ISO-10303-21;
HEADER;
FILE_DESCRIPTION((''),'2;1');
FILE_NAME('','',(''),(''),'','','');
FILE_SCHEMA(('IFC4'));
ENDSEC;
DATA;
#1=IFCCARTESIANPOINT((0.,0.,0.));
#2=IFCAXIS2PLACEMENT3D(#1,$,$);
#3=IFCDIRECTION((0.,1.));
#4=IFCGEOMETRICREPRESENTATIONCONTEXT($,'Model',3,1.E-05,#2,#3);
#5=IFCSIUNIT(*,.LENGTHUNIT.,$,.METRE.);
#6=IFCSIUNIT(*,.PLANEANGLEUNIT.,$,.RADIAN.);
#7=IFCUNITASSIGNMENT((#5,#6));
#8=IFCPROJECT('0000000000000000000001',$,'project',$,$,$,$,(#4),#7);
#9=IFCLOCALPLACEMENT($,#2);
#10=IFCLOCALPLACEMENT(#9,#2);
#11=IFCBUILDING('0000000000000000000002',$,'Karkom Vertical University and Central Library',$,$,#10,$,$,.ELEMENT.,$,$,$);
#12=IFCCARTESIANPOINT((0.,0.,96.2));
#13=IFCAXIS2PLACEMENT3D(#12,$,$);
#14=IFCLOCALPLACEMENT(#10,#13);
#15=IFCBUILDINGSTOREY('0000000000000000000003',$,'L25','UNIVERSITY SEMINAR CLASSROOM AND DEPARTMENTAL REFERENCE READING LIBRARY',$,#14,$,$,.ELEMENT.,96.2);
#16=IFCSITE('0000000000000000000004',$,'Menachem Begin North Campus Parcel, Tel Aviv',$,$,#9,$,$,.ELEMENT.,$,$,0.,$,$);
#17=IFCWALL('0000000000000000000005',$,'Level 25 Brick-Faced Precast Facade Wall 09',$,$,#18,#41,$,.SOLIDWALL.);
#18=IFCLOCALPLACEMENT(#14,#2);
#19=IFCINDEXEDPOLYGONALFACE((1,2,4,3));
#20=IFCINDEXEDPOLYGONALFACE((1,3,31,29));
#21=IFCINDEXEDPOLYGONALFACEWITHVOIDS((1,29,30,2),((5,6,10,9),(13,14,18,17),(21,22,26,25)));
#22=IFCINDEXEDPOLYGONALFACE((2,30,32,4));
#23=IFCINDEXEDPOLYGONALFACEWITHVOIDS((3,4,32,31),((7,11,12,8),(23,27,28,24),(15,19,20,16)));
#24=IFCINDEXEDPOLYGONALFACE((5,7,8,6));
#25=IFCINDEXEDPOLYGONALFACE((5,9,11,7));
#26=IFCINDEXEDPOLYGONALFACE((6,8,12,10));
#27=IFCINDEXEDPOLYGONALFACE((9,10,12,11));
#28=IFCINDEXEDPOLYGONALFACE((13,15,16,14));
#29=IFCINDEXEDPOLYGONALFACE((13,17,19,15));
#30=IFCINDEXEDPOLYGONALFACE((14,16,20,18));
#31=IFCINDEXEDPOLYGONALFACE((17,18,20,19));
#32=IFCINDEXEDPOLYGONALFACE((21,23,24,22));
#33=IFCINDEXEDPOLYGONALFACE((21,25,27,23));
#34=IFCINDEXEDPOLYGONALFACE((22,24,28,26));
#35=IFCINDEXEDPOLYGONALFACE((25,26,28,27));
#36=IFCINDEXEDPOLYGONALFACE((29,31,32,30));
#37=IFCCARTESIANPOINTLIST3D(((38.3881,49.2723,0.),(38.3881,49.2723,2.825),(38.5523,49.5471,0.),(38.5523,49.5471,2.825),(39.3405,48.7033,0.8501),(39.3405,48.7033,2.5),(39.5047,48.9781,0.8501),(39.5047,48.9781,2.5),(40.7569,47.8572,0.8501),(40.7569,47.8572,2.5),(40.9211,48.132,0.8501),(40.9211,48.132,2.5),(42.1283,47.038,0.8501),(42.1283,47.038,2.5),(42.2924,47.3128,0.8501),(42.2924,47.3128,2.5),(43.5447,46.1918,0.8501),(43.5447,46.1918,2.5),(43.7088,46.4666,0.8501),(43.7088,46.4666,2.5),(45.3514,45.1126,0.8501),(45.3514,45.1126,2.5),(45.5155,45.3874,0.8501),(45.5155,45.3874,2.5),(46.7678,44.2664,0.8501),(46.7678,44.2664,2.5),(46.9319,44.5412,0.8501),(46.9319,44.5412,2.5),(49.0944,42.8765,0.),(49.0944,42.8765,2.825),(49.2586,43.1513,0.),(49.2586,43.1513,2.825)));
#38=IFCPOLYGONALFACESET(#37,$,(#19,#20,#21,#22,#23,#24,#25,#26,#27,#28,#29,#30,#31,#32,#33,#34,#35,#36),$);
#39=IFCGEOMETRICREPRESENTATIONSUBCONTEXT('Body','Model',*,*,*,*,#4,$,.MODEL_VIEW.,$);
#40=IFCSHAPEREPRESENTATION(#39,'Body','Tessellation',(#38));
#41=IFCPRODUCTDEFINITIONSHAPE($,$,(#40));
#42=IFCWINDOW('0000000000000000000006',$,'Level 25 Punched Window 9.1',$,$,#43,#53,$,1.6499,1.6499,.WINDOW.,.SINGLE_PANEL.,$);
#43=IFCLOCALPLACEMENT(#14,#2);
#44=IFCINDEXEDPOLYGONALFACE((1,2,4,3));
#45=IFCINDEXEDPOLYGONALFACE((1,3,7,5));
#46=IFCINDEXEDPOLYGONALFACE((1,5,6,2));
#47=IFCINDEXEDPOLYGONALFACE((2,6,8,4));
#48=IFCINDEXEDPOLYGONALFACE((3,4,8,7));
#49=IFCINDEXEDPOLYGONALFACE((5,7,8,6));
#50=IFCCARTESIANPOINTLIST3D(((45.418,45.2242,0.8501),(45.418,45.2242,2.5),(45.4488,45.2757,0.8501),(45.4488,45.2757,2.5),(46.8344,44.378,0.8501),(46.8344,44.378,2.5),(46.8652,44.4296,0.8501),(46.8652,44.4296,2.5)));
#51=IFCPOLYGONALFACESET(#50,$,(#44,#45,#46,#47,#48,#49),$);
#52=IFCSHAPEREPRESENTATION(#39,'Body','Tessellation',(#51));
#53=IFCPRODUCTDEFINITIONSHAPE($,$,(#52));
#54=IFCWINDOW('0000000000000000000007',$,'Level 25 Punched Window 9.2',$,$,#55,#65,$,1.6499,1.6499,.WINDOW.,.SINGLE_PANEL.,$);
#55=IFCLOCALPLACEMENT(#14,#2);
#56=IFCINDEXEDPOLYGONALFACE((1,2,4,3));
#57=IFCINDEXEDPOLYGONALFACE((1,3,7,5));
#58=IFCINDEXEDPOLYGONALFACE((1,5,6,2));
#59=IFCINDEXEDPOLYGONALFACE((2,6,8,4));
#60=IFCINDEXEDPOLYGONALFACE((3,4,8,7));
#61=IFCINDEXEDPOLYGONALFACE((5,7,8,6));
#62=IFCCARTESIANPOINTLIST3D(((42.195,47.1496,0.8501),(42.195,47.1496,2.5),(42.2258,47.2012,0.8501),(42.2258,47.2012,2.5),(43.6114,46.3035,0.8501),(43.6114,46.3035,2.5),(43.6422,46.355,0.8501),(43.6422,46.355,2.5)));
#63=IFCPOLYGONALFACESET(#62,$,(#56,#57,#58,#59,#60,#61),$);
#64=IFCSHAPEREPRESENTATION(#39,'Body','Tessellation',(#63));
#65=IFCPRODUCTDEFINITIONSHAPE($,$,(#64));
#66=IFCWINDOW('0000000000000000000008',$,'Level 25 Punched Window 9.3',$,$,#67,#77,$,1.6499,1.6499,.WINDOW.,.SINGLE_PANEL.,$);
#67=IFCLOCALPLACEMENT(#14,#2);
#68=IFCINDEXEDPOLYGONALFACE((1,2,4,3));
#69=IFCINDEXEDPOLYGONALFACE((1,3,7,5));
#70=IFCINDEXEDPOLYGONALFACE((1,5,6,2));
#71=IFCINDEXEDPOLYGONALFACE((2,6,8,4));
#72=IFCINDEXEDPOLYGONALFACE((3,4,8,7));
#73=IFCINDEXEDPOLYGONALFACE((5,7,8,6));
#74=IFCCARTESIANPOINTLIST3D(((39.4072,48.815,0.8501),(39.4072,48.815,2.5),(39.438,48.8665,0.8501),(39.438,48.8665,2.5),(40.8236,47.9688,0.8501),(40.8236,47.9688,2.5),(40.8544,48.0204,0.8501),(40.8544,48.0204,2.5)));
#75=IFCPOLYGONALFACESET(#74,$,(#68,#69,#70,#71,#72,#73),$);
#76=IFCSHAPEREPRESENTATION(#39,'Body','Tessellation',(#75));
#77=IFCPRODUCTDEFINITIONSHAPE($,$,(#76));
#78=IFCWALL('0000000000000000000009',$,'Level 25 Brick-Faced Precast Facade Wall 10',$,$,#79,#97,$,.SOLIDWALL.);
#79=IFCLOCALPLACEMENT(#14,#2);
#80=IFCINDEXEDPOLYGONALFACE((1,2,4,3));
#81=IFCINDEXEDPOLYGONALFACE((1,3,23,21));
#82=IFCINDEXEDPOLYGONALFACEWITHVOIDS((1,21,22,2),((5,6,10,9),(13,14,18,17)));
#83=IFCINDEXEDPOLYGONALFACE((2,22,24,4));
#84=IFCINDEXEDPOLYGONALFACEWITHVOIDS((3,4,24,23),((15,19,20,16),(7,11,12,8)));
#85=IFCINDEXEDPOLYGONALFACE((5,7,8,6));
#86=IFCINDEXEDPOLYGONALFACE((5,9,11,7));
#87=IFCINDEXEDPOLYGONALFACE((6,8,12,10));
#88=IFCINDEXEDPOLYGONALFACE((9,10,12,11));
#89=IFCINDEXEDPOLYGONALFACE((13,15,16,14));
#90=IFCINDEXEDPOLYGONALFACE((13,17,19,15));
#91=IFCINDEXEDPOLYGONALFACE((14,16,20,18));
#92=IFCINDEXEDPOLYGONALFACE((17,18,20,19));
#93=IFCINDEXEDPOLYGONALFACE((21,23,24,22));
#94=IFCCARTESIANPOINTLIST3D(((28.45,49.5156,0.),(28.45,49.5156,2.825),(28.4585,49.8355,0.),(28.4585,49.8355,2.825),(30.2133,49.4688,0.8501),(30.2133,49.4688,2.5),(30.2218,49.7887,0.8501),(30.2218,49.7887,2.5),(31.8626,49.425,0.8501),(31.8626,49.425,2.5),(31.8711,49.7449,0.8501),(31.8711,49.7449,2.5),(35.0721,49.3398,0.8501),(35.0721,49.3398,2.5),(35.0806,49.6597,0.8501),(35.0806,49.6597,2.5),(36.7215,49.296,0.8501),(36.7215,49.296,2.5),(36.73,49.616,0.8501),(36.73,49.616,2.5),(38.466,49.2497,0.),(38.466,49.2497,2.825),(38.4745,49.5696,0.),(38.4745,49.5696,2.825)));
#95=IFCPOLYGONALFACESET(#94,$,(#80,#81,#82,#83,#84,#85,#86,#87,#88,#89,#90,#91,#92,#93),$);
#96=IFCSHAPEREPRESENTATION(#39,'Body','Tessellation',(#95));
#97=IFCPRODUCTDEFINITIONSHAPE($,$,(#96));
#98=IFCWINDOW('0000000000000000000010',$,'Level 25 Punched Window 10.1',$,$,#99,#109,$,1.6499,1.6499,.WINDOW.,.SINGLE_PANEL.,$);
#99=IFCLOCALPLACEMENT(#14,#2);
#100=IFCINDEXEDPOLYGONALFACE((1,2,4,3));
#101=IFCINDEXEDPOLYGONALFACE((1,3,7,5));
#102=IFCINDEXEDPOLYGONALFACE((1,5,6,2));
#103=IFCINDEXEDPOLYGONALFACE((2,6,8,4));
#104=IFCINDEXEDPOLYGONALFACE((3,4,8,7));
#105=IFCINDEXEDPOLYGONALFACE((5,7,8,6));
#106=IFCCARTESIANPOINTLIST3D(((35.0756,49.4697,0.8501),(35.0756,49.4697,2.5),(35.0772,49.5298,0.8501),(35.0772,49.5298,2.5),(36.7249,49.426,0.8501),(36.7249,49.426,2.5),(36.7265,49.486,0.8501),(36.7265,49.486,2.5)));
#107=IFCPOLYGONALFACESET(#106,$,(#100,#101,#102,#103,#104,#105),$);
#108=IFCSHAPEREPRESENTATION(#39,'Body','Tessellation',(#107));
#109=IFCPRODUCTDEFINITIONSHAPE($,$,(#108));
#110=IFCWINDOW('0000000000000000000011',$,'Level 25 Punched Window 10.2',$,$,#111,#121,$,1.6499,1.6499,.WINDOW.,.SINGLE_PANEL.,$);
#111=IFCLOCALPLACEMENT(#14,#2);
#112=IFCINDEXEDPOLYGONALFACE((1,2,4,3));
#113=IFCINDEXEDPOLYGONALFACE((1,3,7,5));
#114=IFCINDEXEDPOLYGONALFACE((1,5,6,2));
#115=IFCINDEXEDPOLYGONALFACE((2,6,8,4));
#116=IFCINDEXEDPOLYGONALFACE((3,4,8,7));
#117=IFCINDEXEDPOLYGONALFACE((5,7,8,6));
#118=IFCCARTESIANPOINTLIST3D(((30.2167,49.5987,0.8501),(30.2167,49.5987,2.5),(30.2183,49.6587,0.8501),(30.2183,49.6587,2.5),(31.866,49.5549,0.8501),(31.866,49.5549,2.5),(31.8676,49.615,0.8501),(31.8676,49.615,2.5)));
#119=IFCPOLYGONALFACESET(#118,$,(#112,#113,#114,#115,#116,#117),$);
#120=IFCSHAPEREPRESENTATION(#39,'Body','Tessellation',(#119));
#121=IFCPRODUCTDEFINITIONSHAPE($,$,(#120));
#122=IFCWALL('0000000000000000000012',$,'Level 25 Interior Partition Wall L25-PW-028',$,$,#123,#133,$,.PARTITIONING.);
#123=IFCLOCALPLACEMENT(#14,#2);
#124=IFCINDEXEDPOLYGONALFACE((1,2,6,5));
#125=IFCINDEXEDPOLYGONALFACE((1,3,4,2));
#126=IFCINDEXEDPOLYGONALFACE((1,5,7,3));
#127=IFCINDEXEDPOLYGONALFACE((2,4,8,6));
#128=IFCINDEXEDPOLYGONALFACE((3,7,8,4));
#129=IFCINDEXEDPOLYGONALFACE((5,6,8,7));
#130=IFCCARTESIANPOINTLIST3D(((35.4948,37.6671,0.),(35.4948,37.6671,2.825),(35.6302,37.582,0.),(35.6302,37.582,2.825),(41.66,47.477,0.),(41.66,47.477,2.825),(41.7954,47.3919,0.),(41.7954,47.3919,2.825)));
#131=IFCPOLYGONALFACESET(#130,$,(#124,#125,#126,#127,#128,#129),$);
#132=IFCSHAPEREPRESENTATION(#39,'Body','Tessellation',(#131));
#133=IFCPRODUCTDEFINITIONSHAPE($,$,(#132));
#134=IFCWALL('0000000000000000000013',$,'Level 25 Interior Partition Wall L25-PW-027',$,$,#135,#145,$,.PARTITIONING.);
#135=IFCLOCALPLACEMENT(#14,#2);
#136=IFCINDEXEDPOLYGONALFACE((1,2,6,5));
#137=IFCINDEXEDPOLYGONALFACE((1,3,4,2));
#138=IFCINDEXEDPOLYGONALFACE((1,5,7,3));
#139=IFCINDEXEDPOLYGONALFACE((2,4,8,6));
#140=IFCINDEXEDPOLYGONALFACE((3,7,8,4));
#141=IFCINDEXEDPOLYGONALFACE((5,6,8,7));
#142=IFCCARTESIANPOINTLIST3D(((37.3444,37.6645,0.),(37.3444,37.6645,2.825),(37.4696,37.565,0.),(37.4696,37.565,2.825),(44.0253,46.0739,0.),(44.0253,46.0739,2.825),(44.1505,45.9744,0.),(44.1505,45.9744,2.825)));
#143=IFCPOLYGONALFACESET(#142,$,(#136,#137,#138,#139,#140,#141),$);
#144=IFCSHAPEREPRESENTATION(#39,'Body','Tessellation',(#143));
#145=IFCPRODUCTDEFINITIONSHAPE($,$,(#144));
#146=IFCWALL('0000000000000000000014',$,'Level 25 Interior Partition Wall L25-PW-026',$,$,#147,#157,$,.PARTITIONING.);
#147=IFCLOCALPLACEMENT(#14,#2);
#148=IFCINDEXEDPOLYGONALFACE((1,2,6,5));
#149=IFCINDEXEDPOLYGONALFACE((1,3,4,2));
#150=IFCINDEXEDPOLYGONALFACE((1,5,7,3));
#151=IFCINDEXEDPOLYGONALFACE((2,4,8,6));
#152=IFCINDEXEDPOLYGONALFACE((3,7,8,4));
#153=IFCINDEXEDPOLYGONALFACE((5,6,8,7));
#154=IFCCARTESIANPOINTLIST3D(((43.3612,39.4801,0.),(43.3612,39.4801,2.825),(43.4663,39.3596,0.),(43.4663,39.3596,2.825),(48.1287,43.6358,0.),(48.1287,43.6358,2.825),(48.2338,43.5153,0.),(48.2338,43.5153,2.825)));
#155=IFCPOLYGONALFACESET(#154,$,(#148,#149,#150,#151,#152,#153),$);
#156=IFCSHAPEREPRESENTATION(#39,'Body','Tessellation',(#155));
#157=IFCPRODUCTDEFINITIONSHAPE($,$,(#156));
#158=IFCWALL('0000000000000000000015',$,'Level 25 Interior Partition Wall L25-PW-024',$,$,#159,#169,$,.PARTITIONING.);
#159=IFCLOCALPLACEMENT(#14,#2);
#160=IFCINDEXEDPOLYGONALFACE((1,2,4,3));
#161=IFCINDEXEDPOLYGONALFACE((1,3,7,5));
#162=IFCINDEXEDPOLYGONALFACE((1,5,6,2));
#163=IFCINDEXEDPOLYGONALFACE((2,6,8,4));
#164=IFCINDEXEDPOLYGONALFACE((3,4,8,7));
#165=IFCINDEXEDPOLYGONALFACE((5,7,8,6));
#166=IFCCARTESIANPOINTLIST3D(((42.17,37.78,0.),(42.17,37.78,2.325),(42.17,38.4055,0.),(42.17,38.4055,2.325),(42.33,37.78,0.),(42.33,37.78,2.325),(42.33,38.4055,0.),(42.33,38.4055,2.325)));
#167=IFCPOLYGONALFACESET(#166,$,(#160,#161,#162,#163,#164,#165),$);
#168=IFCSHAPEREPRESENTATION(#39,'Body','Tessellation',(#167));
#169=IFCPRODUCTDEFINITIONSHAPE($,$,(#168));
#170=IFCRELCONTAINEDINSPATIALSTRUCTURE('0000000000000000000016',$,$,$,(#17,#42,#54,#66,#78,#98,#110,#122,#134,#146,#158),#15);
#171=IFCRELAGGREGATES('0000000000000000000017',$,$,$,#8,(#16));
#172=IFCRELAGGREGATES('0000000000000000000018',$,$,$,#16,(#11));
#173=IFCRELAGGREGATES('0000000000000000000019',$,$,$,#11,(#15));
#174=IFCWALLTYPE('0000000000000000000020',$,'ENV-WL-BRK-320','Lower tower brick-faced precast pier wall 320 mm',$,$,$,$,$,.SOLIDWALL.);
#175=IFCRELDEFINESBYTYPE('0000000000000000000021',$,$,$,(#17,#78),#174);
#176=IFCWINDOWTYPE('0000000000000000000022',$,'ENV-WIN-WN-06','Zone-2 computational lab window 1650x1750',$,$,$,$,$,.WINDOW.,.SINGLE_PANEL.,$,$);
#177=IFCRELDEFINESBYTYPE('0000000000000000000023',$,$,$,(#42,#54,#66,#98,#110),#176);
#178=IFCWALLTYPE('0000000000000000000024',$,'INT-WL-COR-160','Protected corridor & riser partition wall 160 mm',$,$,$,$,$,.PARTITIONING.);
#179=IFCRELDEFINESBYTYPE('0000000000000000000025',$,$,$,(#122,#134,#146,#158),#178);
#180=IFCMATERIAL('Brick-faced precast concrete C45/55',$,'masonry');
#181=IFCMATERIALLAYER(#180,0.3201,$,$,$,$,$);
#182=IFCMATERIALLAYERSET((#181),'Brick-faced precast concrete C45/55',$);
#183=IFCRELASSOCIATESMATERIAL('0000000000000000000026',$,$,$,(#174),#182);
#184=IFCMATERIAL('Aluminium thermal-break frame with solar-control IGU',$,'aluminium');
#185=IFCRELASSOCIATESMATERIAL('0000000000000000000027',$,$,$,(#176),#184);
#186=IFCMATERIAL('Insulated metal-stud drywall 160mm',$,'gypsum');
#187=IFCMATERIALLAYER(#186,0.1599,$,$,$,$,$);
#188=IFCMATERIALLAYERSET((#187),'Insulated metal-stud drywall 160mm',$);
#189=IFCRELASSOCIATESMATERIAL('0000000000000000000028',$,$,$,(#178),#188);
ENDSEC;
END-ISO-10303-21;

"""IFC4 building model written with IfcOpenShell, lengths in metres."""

from ifc_helpers import new_model, si_unit, direction, frame, frame_2d, origin, origin_with_axes, place, context, subcontext, project, spatial, rectangle, extrude, source, transform, mapped, material, layer, layer_set, type_object, element, fill, save


model = new_model("IFC4")

# Units and contexts
model_context = context("Model", 3, precision=1e-05, world=origin(), true_north=direction((0.0, 1.0)))
body_context = subcontext(model_context, "Body", "Model", "MODEL_VIEW")
ifc_project = project(units=[si_unit("LENGTHUNIT", "METRE"), si_unit("PLANEANGLEUNIT", "RADIAN")], contexts=[model_context])

# Site, building, storey
site_placement = place(None, origin())
site = spatial("IfcSite", under=ifc_project, at=site_placement, Name="Menachem Begin North Campus Parcel, Tel Aviv", CompositionType="ELEMENT", RefElevation=0.0)
building_placement = place(site_placement, origin())
building = spatial("IfcBuilding", under=site, at=building_placement, Name="Karkom Vertical University and Central Library", CompositionType="ELEMENT")
storey_placement = place(building_placement, frame((0.0, 0.0, 96.2)))
storey = spatial("IfcBuildingStorey", under=building, at=storey_placement, Name="L25", Description="UNIVERSITY SEMINAR CLASSROOM AND DEPARTMENTAL REFERENCE READING LIBRARY", CompositionType="ELEMENT", Elevation=96.2)

# Walls, openings, windows
ifc_material_1 = material(Name="Brick-faced precast concrete C45/55", Category="masonry")
ifc_layer_1 = layer(ifc_material_1, 0.3201)
ifc_layer_set_1 = layer_set([ifc_layer_1], Name="Brick-faced precast concrete C45/55")
wall_type_1 = type_object("IfcWallType", Name="ENV-WL-BRK-320", Description="Lower tower brick-faced precast pier wall 320 mm", PredefinedType="SOLIDWALL", material=ifc_layer_set_1)
wall_1_placement = place(storey_placement, frame((49.1765, 43.0139, 0.0), z_axis=(0.0, 0.0, 1.0), x_axis=(-0.858483, 0.512842, 0.0)))
wall_1 = element("IfcWall", 1, at=wall_1_placement, inside=storey, type_object=wall_type_1, Name="Level 25 Brick-Faced Precast Facade Wall 09", PredefinedType="SOLIDWALL", context=body_context, shape_type="SweptSolid", body=[
    extrude(rectangle(XDim=12.4712, YDim=0.3201, at=frame_2d((6.2356, 0.0))), origin(), (0.0, 0.0, 1.0), 2.825),
])
opening_1_placement = place(wall_1_placement, frame((2.7102, 0.0, 0.8501)))
opening_1 = element("IfcOpeningElement", 2, at=opening_1_placement, cuts=wall_1, PredefinedType="OPENING", context=body_context, shape_type="SweptSolid", body=[
    extrude(rectangle(XDim=1.6499, YDim=1.6499, at=frame_2d((0.825, 0.825))), frame((0.0, 0.1699, 0.0), z_axis=(0.0, -1.0, 0.0), x_axis=(1.0, 0.0, 0.0)), (0.0, 0.0, 1.0), 0.3401),
])
opening_2_placement = place(wall_1_placement, frame((6.4646, 0.0, 0.8501)))
opening_2 = element("IfcOpeningElement", 3, at=opening_2_placement, cuts=wall_1, PredefinedType="OPENING", context=body_context, shape_type="SweptSolid", body=[
    extrude(rectangle(XDim=1.6499, YDim=1.6499, at=frame_2d((0.825, 0.825))), frame((0.0, 0.1699, 0.0), z_axis=(0.0, -1.0, 0.0), x_axis=(1.0, 0.0, 0.0)), (0.0, 0.0, 1.0), 0.3401),
])
opening_3_placement = place(wall_1_placement, frame((9.7119, 0.0, 0.8501)))
opening_3 = element("IfcOpeningElement", 4, at=opening_3_placement, cuts=wall_1, PredefinedType="OPENING", context=body_context, shape_type="SweptSolid", body=[
    extrude(rectangle(XDim=1.6499, YDim=1.6499, at=frame_2d((0.825, 0.825))), frame((0.0, 0.1699, 0.0), z_axis=(0.0, -1.0, 0.0), x_axis=(1.0, 0.0, 0.0)), (0.0, 0.0, 1.0), 0.3401),
])
ifc_material_2 = material(Name="Aluminium thermal-break frame with solar-control IGU", Category="aluminium")
window_type = type_object("IfcWindowType", Name="ENV-WIN-WN-06", Description="Zone-2 computational lab window 1650x1750", PartitioningType="SINGLE_PANEL", PredefinedType="WINDOW", material=ifc_material_2)
shared_shape_1 = source(origin_with_axes(), body_context, "Body", "SweptSolid", [
    extrude(rectangle(XDim=1.6499, YDim=1.6499, at=frame_2d((0.825, 0.825))), frame((0.0, 0.03, 0.0), z_axis=(0.0, -1.0, 0.0), x_axis=(1.0, 0.0, 0.0)), (0.0, 0.0, 1.0), 0.0601),
])
window_1_placement = place(opening_1_placement, origin())
window_1 = element("IfcWindow", 5, at=window_1_placement, inside=storey, type_object=window_type, Name="Level 25 Punched Window 9.1", OverallHeight=1.6499, OverallWidth=1.6499, PartitioningType="SINGLE_PANEL", PredefinedType="WINDOW", context=body_context, shape_type="MappedRepresentation", body=[
    mapped(shared_shape_1, transform((0.0, 0.0, 0.0), scale=1.0)),
])
fill(opening_1, window_1)
window_2_placement = place(opening_2_placement, origin())
window_2 = element("IfcWindow", 6, at=window_2_placement, inside=storey, type_object=window_type, Name="Level 25 Punched Window 9.2", OverallHeight=1.6499, OverallWidth=1.6499, PartitioningType="SINGLE_PANEL", PredefinedType="WINDOW", context=body_context, shape_type="MappedRepresentation", body=[
    mapped(shared_shape_1, transform((0.0, 0.0, 0.0), scale=1.0)),
])
fill(opening_2, window_2)
window_3_placement = place(opening_3_placement, origin())
window_3 = element("IfcWindow", 7, at=window_3_placement, inside=storey, type_object=window_type, Name="Level 25 Punched Window 9.3", OverallHeight=1.6499, OverallWidth=1.6499, PartitioningType="SINGLE_PANEL", PredefinedType="WINDOW", context=body_context, shape_type="MappedRepresentation", body=[
    mapped(shared_shape_1, transform((0.0, 0.0, 0.0), scale=1.0)),
])
fill(opening_3, window_3)
wall_2_placement = place(storey_placement, frame((38.4702, 49.4097, 0.0), z_axis=(0.0, 0.0, 1.0), x_axis=(-0.999648, 0.026535, 0.0)))
wall_2 = element("IfcWall", 8, at=wall_2_placement, inside=storey, type_object=wall_type_1, Name="Level 25 Brick-Faced Precast Facade Wall 10", PredefinedType="SOLIDWALL", context=body_context, shape_type="SweptSolid", body=[
    extrude(rectangle(XDim=10.0195, YDim=0.3201, at=frame_2d((5.0098, 0.0))), origin(), (0.0, 0.0, 1.0), 2.825),
])
opening_4_placement = place(wall_2_placement, frame((1.7451, 0.0, 0.8501)))
opening_4 = element("IfcOpeningElement", 9, at=opening_4_placement, cuts=wall_2, PredefinedType="OPENING", context=body_context, shape_type="SweptSolid", body=[
    extrude(rectangle(XDim=1.6499, YDim=1.6499, at=frame_2d((0.825, 0.825))), frame((0.0, 0.1699, 0.0), z_axis=(0.0, -1.0, 0.0), x_axis=(1.0, 0.0, 0.0)), (0.0, 0.0, 1.0), 0.3401),
])
opening_5_placement = place(wall_2_placement, frame((6.6057, 0.0, 0.8501)))
opening_5 = element("IfcOpeningElement", 10, at=opening_5_placement, cuts=wall_2, PredefinedType="OPENING", context=body_context, shape_type="SweptSolid", body=[
    extrude(rectangle(XDim=1.6499, YDim=1.6499, at=frame_2d((0.825, 0.825))), frame((0.0, 0.1699, 0.0), z_axis=(0.0, -1.0, 0.0), x_axis=(1.0, 0.0, 0.0)), (0.0, 0.0, 1.0), 0.3401),
])
window_4_placement = place(opening_4_placement, origin())
window_4 = element("IfcWindow", 11, at=window_4_placement, inside=storey, type_object=window_type, Name="Level 25 Punched Window 10.1", OverallHeight=1.6499, OverallWidth=1.6499, PartitioningType="SINGLE_PANEL", PredefinedType="WINDOW", context=body_context, shape_type="MappedRepresentation", body=[
    mapped(shared_shape_1, transform((0.0, 0.0, 0.0), scale=1.0)),
])
fill(opening_4, window_4)
window_5_placement = place(opening_5_placement, origin())
window_5 = element("IfcWindow", 12, at=window_5_placement, inside=storey, type_object=window_type, Name="Level 25 Punched Window 10.2", OverallHeight=1.6499, OverallWidth=1.6499, PartitioningType="SINGLE_PANEL", PredefinedType="WINDOW", context=body_context, shape_type="MappedRepresentation", body=[
    mapped(shared_shape_1, transform((0.0, 0.0, 0.0), scale=1.0)),
])
fill(opening_5, window_5)

# Shared definitions
ifc_material_3 = material(Name="Insulated metal-stud drywall 160mm", Category="gypsum")
ifc_layer_2 = layer(ifc_material_3, 0.1599)
ifc_layer_set_2 = layer_set([ifc_layer_2], Name="Insulated metal-stud drywall 160mm")
wall_type_2 = type_object("IfcWallType", Name="INT-WL-COR-160", Description="Protected corridor & riser partition wall 160 mm", PredefinedType="PARTITIONING", material=ifc_layer_set_2)

# Walls
wall_3_placement = place(storey_placement, frame((35.5625, 37.6245, 0.0), z_axis=(0.0, 0.0, 1.0), x_axis=(0.532107, 0.846677, 0.0)))
element("IfcWall", 13, at=wall_3_placement, inside=storey, type_object=wall_type_2, Name="Level 25 Interior Partition Wall L25-PW-028", PredefinedType="PARTITIONING", context=body_context, shape_type="SweptSolid", body=[
    extrude(rectangle(XDim=11.5864, YDim=0.1599, at=frame_2d((5.7932, 0.0))), origin(), (0.0, 0.0, 1.0), 2.825),
])
wall_4_placement = place(storey_placement, frame((37.407, 37.6147, 0.0), z_axis=(0.0, 0.0, 1.0), x_axis=(0.622044, 0.782982, 0.0)))
element("IfcWall", 14, at=wall_4_placement, inside=storey, type_object=wall_type_2, Name="Level 25 Interior Partition Wall L25-PW-027", PredefinedType="PARTITIONING", context=body_context, shape_type="SweptSolid", body=[
    extrude(rectangle(XDim=10.7402, YDim=0.1599, at=frame_2d((5.3701, 0.0))), origin(), (0.0, 0.0, 1.0), 2.825),
])
wall_5_placement = place(storey_placement, frame((43.4138, 39.4199, 0.0), z_axis=(0.0, 0.0, 1.0), x_axis=(0.753819, 0.657082, 0.0)))
element("IfcWall", 15, at=wall_5_placement, inside=storey, type_object=wall_type_2, Name="Level 25 Interior Partition Wall L25-PW-026", PredefinedType="PARTITIONING", context=body_context, shape_type="SweptSolid", body=[
    extrude(rectangle(XDim=6.3245, YDim=0.1599, at=frame_2d((3.1621, 0.0))), origin(), (0.0, 0.0, 1.0), 2.825),
])
wall_6_placement = place(storey_placement, frame((42.25, 38.4055, 0.0), z_axis=(0.0, 0.0, 1.0), x_axis=(0.0, -1.0, 0.0)))
element("IfcWall", 16, at=wall_6_placement, inside=storey, type_object=wall_type_2, Name="Level 25 Interior Partition Wall L25-PW-024", PredefinedType="PARTITIONING", context=body_context, shape_type="SweptSolid", body=[
    extrude(rectangle(XDim=0.6255, YDim=0.1599, at=frame_2d((0.3127, 0.0))), origin(), (0.0, 0.0, 1.0), 2.325),
])

save(model, "model.ifc")
